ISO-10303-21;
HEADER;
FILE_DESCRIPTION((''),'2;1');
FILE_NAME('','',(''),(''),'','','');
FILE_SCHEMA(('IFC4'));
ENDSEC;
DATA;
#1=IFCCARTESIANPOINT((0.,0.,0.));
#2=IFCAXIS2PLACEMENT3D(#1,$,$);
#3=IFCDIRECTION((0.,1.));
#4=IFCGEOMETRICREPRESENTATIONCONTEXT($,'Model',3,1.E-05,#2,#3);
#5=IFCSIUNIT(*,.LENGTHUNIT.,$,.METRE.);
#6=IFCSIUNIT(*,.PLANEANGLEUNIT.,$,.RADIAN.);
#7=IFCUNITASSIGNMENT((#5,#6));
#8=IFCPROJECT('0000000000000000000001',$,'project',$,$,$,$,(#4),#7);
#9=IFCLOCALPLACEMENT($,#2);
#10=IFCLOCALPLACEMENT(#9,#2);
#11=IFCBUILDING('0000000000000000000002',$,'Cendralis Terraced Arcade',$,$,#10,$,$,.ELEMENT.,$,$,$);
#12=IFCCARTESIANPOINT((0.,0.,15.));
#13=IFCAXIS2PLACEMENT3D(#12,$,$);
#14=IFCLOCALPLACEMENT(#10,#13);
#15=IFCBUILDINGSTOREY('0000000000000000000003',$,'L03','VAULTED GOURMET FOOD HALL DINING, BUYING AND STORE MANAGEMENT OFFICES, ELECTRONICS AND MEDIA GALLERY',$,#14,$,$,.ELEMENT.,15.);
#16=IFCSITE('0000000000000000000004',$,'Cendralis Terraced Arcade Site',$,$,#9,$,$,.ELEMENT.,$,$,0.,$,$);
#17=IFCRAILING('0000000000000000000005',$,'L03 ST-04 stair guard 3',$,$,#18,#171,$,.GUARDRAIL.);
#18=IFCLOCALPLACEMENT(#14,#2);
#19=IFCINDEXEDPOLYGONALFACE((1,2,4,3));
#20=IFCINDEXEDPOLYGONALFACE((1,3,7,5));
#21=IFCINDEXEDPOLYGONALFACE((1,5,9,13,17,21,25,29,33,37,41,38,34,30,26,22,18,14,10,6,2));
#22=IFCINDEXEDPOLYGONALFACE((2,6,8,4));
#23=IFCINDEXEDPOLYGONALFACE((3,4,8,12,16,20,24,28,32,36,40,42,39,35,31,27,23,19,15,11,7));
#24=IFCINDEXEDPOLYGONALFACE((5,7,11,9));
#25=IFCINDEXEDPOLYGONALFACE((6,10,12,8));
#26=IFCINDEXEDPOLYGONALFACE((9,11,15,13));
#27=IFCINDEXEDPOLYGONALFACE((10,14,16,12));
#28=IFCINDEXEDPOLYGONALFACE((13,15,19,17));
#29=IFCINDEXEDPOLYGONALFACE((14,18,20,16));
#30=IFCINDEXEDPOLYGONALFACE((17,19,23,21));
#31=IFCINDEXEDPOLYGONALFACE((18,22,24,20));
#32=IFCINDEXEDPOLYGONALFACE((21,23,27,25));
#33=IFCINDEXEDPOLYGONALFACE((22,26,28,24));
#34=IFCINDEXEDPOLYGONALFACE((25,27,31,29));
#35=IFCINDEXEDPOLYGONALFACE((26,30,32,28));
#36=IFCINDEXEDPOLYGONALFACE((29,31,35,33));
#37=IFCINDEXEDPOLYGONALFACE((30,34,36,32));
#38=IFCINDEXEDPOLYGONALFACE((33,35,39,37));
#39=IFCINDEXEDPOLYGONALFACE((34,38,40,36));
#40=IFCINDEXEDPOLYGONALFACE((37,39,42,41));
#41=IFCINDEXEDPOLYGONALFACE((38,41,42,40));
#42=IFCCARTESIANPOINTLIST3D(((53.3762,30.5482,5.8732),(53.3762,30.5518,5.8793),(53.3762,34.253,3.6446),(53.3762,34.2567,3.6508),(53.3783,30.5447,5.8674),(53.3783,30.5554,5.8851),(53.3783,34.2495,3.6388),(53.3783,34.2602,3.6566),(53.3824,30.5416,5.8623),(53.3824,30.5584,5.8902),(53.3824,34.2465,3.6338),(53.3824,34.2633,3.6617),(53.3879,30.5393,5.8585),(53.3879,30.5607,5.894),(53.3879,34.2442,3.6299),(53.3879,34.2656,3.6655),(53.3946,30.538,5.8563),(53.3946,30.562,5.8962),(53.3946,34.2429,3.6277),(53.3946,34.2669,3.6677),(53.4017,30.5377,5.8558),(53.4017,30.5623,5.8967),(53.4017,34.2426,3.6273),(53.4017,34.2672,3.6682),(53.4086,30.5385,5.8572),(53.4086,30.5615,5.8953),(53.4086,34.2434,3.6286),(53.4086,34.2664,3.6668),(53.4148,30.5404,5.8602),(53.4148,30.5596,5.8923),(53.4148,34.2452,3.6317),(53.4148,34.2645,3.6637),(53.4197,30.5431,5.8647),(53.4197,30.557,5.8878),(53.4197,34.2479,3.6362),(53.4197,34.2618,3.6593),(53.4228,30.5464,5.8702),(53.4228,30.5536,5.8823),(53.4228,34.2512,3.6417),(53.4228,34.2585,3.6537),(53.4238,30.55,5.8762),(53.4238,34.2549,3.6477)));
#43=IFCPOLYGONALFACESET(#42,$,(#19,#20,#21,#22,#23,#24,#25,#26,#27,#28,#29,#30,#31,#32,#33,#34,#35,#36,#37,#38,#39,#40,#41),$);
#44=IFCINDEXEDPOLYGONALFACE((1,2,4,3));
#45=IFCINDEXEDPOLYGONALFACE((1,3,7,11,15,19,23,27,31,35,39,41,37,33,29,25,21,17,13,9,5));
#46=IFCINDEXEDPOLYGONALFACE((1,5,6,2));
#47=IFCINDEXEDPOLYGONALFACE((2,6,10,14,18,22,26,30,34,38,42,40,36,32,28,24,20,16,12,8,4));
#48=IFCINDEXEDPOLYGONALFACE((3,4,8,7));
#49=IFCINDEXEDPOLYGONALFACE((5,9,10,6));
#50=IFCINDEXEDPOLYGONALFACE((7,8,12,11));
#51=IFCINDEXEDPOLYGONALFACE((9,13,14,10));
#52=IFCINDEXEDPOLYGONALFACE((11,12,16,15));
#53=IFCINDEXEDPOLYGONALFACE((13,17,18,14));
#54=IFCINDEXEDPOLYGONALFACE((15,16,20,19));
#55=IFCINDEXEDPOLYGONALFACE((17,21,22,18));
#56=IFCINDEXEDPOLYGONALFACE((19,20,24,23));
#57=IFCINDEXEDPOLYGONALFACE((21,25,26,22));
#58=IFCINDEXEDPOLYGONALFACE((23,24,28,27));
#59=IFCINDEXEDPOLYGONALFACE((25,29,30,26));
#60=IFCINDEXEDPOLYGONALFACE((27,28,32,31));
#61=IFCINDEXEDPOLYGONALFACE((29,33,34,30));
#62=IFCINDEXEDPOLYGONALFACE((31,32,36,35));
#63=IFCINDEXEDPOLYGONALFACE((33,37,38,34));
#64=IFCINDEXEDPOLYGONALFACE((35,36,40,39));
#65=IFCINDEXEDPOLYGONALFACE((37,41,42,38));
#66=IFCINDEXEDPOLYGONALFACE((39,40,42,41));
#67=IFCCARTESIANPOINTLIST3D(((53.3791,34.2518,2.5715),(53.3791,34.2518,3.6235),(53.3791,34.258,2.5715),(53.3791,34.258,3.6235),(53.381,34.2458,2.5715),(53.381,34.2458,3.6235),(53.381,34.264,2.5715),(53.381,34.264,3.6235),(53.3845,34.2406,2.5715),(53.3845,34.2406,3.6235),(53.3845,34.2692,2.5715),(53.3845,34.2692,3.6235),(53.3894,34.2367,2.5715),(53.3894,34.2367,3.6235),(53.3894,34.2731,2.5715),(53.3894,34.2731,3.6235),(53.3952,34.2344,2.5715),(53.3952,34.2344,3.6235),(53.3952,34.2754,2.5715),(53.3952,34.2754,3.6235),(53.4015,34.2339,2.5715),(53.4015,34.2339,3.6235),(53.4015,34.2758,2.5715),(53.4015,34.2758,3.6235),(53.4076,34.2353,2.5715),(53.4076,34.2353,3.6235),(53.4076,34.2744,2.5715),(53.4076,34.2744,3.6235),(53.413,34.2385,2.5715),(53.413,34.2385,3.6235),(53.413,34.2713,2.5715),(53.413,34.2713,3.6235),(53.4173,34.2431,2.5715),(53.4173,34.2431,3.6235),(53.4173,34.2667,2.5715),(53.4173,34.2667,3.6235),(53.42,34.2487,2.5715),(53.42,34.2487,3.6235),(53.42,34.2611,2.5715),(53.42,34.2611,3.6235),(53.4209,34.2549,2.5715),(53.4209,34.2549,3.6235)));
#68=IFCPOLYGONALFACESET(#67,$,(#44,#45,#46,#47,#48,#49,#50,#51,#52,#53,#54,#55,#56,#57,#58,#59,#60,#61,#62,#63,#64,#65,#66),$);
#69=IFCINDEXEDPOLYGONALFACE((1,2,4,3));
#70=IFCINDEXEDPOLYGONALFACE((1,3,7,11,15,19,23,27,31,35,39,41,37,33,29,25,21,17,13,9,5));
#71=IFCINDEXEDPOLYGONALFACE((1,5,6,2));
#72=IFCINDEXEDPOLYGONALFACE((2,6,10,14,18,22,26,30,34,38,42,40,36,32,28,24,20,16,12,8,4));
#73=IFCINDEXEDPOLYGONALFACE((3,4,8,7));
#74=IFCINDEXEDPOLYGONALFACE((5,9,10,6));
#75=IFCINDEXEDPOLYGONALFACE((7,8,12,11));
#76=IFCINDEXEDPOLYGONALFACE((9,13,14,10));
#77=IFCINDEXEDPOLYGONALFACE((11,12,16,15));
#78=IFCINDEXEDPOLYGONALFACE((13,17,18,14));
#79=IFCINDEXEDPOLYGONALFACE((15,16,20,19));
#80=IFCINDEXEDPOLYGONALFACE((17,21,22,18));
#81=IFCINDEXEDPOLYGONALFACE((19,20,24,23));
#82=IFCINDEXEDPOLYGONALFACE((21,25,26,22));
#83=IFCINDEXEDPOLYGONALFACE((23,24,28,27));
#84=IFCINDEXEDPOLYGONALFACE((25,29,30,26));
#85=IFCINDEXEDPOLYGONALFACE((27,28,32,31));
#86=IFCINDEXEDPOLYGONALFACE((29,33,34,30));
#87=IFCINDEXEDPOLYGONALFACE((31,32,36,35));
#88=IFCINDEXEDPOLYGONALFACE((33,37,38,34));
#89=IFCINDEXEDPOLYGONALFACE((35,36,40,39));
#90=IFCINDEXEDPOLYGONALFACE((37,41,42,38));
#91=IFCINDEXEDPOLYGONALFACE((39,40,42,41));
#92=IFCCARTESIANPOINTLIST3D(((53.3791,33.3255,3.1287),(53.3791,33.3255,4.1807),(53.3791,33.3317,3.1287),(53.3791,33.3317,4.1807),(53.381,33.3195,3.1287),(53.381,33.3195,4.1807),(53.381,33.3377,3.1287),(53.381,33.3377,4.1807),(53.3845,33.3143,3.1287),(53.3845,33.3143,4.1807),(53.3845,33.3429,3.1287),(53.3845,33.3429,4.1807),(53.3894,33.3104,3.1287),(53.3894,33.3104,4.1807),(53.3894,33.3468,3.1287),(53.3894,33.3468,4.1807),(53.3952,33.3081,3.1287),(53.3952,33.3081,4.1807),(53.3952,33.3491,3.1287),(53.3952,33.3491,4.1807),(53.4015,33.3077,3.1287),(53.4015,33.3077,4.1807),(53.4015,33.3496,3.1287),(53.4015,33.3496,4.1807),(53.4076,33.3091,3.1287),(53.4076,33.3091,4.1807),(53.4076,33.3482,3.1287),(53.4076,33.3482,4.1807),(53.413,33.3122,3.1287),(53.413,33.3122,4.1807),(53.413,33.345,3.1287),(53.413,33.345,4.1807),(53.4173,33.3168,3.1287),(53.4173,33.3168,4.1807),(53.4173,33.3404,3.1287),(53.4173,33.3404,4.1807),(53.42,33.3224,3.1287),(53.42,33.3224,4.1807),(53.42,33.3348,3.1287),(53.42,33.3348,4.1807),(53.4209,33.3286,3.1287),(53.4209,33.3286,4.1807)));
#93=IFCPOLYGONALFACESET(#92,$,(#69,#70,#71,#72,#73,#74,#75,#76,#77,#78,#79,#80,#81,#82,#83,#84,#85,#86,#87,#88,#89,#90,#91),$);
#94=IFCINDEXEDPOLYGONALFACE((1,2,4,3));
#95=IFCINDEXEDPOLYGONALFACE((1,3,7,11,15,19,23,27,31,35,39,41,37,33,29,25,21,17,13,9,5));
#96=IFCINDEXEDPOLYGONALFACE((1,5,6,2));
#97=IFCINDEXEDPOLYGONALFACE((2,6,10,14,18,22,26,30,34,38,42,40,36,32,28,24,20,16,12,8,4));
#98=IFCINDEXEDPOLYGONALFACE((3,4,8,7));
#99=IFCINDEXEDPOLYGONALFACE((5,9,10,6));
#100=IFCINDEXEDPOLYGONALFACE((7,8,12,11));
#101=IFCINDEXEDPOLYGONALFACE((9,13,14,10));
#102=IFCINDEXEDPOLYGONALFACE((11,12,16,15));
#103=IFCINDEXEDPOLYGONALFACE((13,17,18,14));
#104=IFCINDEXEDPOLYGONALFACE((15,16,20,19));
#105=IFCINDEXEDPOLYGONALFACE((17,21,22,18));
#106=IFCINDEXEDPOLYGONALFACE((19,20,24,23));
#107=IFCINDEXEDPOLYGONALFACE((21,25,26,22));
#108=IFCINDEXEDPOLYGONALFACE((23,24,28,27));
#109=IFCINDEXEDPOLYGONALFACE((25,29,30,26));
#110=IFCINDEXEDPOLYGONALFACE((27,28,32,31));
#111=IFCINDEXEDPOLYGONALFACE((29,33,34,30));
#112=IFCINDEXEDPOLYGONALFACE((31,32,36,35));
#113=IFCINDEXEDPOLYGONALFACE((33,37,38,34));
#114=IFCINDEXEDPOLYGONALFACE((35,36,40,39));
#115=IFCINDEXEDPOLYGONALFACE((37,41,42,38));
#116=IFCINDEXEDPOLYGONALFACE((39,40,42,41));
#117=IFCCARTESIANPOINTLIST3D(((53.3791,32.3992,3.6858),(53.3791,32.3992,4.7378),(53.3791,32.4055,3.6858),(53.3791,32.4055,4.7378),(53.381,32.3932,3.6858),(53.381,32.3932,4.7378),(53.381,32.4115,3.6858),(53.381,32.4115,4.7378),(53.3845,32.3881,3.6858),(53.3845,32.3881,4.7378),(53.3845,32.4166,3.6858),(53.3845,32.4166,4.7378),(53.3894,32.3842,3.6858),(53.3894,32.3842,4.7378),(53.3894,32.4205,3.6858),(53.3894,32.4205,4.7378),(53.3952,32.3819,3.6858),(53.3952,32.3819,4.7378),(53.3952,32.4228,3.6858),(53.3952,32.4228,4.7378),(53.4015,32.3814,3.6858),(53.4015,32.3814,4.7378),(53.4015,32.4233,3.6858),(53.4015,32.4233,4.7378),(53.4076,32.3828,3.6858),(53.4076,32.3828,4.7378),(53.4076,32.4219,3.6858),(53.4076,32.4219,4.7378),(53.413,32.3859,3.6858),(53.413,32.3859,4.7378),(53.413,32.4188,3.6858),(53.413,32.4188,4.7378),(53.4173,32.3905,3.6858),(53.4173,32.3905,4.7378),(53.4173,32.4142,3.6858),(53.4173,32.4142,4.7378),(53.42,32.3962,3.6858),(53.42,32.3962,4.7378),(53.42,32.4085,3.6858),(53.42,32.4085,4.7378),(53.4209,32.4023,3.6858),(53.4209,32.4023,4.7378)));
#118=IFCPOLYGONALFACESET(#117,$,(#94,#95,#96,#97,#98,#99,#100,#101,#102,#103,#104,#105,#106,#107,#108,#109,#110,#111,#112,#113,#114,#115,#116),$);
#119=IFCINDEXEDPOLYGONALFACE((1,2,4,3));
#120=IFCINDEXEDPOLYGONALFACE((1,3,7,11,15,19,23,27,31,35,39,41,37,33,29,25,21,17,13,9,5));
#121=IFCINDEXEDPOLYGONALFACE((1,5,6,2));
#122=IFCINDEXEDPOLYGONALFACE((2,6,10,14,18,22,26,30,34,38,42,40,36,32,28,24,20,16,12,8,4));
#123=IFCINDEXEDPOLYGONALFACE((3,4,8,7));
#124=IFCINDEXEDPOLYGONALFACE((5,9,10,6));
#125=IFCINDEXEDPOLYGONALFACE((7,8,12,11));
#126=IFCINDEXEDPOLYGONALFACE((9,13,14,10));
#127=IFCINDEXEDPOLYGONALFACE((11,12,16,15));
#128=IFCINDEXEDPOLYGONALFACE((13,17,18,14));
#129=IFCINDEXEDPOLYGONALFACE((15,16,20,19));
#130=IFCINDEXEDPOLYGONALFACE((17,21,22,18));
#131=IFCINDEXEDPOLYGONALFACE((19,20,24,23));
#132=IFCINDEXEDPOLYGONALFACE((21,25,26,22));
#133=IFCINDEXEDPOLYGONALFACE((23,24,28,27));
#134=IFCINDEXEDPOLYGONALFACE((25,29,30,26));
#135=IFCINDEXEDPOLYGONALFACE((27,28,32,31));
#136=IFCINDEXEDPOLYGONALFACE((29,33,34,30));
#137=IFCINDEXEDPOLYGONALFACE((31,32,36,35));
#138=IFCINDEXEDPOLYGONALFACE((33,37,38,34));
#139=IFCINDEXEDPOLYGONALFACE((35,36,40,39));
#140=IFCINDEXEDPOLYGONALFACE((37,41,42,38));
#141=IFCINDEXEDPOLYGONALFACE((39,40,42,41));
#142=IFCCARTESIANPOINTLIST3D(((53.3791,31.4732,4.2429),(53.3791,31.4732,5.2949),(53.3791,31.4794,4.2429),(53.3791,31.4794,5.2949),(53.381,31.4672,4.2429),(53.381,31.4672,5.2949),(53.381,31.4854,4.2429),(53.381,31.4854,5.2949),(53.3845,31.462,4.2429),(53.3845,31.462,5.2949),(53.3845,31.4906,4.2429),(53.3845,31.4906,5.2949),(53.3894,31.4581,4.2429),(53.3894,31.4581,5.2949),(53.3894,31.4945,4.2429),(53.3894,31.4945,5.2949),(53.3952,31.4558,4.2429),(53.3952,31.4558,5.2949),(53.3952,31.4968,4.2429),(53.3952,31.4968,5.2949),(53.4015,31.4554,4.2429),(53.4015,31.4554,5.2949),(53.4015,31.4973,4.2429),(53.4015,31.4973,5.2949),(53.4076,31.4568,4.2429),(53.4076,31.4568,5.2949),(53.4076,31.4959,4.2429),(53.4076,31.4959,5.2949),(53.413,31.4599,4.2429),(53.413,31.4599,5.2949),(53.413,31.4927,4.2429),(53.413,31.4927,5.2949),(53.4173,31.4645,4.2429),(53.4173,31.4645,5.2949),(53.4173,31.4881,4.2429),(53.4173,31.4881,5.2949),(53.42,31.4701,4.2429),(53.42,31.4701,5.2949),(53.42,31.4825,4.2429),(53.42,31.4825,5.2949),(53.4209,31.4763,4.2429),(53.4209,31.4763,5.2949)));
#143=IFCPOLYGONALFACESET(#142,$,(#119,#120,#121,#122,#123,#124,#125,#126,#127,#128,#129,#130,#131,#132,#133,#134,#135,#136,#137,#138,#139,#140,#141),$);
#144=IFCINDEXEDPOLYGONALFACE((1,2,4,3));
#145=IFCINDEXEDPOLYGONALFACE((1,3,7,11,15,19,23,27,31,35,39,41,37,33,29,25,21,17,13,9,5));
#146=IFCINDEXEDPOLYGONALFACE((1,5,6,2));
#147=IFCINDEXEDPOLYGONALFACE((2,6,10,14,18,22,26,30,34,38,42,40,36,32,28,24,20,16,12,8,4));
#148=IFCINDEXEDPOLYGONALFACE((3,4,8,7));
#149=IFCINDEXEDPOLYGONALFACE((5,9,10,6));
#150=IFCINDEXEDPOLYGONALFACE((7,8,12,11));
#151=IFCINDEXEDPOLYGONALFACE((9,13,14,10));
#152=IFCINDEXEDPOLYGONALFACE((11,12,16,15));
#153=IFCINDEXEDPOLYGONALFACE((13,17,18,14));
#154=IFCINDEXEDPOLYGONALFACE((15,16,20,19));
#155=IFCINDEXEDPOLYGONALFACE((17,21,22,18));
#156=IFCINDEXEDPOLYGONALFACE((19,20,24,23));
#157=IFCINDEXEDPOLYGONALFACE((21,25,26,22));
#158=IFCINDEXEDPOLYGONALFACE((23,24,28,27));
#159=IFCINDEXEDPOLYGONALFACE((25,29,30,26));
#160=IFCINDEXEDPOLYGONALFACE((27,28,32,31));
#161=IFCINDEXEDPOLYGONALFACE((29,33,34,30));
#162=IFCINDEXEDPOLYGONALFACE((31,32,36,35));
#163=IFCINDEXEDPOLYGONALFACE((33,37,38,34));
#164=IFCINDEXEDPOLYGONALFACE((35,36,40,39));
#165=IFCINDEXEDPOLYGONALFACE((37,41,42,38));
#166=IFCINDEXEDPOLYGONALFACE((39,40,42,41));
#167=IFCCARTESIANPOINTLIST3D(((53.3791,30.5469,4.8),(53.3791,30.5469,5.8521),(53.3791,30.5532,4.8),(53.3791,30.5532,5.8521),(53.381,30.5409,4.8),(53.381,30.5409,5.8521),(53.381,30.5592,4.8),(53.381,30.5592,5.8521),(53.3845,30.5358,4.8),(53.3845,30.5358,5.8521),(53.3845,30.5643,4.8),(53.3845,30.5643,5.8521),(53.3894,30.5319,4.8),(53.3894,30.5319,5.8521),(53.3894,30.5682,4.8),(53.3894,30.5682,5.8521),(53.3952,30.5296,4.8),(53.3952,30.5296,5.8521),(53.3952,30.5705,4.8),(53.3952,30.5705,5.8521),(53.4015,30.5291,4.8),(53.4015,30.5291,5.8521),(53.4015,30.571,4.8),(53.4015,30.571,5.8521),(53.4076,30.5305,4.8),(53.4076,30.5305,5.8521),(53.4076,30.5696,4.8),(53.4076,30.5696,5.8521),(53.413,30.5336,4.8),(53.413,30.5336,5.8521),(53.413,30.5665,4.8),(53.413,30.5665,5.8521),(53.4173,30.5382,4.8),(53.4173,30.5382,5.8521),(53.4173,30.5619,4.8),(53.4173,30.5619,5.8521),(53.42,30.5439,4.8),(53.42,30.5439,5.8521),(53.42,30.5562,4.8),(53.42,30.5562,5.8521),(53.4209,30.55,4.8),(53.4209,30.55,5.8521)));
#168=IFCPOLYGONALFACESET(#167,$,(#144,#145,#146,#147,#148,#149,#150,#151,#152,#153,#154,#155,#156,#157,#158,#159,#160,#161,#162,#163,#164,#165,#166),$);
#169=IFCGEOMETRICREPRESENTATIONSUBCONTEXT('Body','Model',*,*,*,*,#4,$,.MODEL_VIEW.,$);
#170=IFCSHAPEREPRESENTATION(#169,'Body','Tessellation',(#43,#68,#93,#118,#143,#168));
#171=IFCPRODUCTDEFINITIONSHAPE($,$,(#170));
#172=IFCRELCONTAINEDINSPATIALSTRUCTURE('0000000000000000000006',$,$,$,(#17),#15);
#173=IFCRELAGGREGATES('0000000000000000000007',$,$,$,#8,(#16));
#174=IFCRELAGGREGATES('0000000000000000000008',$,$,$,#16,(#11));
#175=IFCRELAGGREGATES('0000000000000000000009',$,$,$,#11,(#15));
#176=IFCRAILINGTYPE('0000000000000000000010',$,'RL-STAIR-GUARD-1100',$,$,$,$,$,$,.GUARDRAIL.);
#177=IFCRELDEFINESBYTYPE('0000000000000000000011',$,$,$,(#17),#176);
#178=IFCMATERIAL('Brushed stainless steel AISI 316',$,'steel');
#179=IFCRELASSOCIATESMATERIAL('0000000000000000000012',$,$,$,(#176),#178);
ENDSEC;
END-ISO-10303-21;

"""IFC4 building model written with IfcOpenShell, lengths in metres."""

from ifc_helpers import new_model, si_unit, direction, frame, origin, origin_2d, place, context, subcontext, project, spatial, circle, extrude, material, type_object, element, save


model = new_model("IFC4")

# Units and contexts
model_context = context("Model", 3, precision=1e-05, world=origin(), true_north=direction((0.0, 1.0)))
body_context = subcontext(model_context, "Body", "Model", "MODEL_VIEW")
ifc_project = project(units=[si_unit("LENGTHUNIT", "METRE"), si_unit("PLANEANGLEUNIT", "RADIAN")], contexts=[model_context])

# Site, building, storey
site_placement = place(None, origin())
site = spatial("IfcSite", under=ifc_project, at=site_placement, Name="Cendralis Terraced Arcade Site", CompositionType="ELEMENT", RefElevation=0.0)
building_placement = place(site_placement, origin())
building = spatial("IfcBuilding", under=site, at=building_placement, Name="Cendralis Terraced Arcade", CompositionType="ELEMENT")
storey_placement = place(building_placement, frame((0.0, 0.0, 15.0)))
storey = spatial("IfcBuildingStorey", under=building, at=storey_placement, Name="L03", Description="VAULTED GOURMET FOOD HALL DINING, BUYING AND STORE MANAGEMENT OFFICES, ELECTRONICS AND MEDIA GALLERY", CompositionType="ELEMENT", Elevation=15.0)

# Railing
ifc_material_1 = material(Name="Brushed stainless steel AISI 316", Category="steel")
railing_type_1 = type_object("IfcRailingType", Name="RL-STAIR-GUARD-1100", PredefinedType="GUARDRAIL", material=ifc_material_1)
railing_1_placement = place(storey_placement, frame((53.3999, 34.2549, 2.5715)))
element("IfcRailing", 1, at=railing_1_placement, inside=storey, type_object=railing_type_1, Name="L03 ST-04 stair guard 3", PredefinedType="GUARDRAIL", context=body_context, shape_type="SweptSolid", body=[
    extrude(circle(Radius=0.0239, at=origin_2d()), frame((0.0, 0.0, 1.0762), z_axis=(0.0, -0.856919, 0.51545), x_axis=(1.0, 0.0, 0.0)), (0.0, 0.0, 1.0), 4.3235),
    extrude(circle(Radius=0.021, at=origin_2d()), origin(), (0.0, 0.0, 1.0), 1.052),
    extrude(circle(Radius=0.021, at=origin_2d()), frame((0.0, -0.9263, 0.5571)), (0.0, 0.0, 1.0), 1.052),
    extrude(circle(Radius=0.021, at=origin_2d()), frame((0.0, -1.8525, 1.1143)), (0.0, 0.0, 1.0), 1.052),
    extrude(circle(Radius=0.021, at=origin_2d()), frame((0.0, -2.7786, 1.6714)), (0.0, 0.0, 1.0), 1.052),
    extrude(circle(Radius=0.021, at=origin_2d()), frame((0.0, -3.7048, 2.2285)), (0.0, 0.0, 1.0), 1.052),
])

save(model, "model.ifc")
